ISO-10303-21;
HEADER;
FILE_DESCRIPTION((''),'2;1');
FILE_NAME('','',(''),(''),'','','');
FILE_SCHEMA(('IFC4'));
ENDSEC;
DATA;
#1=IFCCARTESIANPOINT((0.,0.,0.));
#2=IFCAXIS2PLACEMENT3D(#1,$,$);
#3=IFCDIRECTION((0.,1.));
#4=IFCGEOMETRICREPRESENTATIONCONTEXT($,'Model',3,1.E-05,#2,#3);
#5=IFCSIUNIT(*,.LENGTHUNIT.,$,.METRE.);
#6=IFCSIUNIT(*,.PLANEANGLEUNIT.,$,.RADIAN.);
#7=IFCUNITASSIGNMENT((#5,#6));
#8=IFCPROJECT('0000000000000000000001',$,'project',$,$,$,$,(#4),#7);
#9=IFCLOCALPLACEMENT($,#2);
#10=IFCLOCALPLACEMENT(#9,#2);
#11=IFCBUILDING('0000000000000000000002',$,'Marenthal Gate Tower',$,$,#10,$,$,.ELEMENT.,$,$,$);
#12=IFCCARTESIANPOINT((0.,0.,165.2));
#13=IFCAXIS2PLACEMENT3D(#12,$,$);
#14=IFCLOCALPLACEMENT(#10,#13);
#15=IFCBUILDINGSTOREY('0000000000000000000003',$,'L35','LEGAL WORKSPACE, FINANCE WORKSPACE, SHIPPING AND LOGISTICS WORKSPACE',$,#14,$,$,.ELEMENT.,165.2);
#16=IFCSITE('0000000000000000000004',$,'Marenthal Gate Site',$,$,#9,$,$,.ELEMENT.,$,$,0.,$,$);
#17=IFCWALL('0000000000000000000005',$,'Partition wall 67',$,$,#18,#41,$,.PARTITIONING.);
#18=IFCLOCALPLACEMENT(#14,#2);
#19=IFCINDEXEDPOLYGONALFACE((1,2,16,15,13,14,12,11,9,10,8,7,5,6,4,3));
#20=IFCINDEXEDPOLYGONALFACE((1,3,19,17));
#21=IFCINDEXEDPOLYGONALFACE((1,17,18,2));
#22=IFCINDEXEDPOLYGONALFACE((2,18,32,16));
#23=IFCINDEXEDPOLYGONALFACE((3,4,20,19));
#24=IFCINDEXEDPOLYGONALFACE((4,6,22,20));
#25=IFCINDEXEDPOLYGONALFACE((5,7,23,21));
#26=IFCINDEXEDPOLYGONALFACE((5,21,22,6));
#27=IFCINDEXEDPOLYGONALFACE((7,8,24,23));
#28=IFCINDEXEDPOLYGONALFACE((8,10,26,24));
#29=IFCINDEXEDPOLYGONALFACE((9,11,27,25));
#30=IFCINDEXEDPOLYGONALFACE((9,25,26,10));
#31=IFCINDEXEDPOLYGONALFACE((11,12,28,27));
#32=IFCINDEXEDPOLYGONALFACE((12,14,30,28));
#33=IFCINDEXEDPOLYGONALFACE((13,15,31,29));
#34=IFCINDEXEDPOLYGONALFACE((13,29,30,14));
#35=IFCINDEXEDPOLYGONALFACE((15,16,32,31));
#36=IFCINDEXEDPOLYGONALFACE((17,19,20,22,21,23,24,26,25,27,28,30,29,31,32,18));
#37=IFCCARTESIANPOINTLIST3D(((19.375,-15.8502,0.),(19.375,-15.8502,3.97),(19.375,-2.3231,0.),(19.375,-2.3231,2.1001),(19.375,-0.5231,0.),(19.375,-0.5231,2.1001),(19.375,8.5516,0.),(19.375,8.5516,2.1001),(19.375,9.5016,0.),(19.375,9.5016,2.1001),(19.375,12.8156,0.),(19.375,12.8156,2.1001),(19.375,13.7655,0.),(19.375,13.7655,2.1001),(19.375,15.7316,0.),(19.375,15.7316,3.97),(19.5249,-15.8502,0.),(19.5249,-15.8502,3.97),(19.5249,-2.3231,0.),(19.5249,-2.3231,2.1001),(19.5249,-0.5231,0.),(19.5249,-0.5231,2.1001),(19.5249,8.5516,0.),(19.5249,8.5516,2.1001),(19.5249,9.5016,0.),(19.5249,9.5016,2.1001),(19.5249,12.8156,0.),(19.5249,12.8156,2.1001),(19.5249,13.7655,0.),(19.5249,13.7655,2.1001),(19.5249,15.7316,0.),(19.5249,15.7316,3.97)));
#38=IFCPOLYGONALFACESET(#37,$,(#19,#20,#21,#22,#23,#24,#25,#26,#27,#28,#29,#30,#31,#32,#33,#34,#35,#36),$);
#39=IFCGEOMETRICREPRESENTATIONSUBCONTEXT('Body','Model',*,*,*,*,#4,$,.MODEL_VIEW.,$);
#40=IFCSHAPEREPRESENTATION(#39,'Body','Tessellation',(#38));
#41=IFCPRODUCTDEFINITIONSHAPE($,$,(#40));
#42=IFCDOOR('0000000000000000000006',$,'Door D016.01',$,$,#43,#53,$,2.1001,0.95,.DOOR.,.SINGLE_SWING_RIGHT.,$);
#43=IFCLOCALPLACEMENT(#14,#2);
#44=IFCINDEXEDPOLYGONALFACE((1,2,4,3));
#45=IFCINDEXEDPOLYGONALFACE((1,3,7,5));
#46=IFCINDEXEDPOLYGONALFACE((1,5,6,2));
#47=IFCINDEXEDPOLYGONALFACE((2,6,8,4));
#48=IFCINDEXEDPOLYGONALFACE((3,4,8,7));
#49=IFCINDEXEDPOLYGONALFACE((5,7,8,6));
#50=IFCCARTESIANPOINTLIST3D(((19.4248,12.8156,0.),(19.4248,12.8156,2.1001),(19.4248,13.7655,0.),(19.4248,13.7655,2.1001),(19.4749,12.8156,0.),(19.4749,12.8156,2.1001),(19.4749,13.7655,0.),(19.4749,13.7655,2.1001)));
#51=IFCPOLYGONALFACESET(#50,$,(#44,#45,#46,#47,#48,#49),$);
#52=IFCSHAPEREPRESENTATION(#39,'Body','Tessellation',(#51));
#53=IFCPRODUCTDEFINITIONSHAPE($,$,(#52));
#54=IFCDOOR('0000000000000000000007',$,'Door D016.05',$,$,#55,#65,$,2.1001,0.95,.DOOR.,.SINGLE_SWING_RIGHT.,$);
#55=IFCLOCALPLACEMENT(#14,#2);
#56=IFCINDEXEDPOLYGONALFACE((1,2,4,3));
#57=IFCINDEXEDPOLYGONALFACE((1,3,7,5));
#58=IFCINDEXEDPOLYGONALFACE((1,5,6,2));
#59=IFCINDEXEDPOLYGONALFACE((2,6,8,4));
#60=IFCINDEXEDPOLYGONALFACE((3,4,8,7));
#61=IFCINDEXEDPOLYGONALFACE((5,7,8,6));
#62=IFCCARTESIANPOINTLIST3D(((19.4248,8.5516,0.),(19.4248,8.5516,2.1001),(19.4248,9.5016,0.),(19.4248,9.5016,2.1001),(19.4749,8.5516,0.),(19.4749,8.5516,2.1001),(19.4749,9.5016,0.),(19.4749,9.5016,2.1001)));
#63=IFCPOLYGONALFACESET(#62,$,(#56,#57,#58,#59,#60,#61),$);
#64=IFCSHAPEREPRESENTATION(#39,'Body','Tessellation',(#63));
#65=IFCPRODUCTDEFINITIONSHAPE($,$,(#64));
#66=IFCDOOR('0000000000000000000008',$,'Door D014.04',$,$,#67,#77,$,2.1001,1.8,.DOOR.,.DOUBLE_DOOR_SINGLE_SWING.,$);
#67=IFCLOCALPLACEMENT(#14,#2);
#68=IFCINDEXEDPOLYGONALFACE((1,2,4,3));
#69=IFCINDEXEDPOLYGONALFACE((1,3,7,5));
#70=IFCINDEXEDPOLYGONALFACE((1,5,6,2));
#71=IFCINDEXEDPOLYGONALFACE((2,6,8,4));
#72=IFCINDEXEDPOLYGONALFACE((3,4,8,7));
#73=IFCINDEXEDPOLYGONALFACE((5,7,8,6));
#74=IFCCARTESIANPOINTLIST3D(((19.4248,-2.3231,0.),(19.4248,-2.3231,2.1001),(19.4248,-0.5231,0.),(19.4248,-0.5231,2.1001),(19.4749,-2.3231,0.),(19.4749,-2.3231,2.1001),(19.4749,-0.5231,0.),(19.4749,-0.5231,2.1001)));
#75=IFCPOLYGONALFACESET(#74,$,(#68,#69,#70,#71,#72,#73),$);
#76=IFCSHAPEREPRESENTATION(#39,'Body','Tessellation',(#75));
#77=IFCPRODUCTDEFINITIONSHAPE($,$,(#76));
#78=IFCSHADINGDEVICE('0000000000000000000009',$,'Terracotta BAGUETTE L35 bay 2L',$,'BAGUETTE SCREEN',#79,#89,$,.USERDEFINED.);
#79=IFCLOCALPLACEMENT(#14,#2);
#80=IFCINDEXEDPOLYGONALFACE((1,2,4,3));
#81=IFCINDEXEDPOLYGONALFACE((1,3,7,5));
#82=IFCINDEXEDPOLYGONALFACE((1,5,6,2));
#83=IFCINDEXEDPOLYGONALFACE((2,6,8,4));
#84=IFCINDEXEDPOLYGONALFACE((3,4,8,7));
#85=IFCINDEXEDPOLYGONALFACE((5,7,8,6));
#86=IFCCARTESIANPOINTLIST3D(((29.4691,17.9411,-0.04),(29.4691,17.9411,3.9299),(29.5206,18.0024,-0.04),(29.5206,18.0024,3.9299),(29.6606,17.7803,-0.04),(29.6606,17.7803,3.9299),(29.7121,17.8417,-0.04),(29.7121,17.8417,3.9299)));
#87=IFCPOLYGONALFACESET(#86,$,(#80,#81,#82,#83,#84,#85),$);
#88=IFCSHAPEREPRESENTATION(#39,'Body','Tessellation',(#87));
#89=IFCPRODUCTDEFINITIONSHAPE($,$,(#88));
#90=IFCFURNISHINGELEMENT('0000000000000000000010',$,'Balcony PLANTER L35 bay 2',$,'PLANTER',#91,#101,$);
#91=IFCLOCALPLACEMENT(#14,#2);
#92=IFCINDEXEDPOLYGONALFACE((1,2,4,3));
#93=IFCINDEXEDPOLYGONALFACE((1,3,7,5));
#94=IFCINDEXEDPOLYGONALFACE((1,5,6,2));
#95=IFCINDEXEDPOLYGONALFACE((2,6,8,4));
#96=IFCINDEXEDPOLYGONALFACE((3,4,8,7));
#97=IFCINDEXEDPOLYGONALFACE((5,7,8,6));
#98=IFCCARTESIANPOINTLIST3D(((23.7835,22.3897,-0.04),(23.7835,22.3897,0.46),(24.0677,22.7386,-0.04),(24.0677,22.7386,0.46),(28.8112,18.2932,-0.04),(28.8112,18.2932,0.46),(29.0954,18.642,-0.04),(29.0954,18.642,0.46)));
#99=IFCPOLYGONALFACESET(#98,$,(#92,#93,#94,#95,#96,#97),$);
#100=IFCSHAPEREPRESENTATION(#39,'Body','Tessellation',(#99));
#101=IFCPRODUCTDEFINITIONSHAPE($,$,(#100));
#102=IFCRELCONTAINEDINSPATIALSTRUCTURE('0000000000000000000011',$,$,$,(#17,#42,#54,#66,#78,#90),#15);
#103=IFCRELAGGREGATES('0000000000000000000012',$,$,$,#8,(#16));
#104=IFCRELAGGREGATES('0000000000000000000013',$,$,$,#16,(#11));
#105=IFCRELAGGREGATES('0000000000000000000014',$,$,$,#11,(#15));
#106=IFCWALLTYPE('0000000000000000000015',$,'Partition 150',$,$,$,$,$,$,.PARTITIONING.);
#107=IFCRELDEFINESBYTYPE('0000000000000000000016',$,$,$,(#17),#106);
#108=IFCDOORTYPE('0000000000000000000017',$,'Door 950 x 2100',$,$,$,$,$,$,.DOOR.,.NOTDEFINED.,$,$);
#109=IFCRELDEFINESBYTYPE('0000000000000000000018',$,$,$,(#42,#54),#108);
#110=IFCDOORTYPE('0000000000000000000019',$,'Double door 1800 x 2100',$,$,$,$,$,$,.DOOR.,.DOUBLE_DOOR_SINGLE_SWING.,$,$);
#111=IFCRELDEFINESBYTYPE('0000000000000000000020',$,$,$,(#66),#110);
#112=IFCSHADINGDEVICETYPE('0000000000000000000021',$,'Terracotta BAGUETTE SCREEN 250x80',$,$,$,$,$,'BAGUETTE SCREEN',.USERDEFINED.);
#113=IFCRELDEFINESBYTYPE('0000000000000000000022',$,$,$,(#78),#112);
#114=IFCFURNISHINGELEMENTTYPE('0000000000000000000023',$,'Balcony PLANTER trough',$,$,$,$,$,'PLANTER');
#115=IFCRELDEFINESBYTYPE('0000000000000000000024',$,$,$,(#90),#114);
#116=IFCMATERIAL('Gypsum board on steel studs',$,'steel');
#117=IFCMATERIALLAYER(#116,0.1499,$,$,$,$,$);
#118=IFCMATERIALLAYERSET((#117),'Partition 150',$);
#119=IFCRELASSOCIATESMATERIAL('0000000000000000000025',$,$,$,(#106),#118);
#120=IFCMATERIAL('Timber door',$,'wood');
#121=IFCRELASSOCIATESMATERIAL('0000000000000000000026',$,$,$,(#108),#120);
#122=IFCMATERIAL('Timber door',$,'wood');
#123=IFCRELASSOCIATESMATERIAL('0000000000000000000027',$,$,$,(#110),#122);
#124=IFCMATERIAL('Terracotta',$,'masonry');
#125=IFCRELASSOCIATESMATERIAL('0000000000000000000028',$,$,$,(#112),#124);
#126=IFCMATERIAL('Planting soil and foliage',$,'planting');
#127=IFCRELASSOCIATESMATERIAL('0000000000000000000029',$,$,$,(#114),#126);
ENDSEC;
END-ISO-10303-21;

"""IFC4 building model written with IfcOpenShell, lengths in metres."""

from ifc_helpers import new_model, si_unit, direction, frame, frame_2d, origin, origin_2d, place, context, subcontext, project, spatial, rectangle, extrude, material, layer, layer_set, material_profile, profile_set, type_object, element, fill, save


model = new_model("IFC4")

# Units and contexts
model_context = context("Model", 3, precision=1e-05, world=origin(), true_north=direction((0.0, 1.0)))
body_context = subcontext(model_context, "Body", "Model", "MODEL_VIEW")
ifc_project = project(units=[si_unit("LENGTHUNIT", "METRE"), si_unit("PLANEANGLEUNIT", "RADIAN")], contexts=[model_context])

# Site, building, storey
site_placement = place(None, origin())
site = spatial("IfcSite", under=ifc_project, at=site_placement, Name="Marenthal Gate Site", CompositionType="ELEMENT", RefElevation=0.0)
building_placement = place(site_placement, origin())
building = spatial("IfcBuilding", under=site, at=building_placement, Name="Marenthal Gate Tower", CompositionType="ELEMENT")
storey_placement = place(building_placement, frame((0.0, 0.0, 165.2)))
storey = spatial("IfcBuildingStorey", under=building, at=storey_placement, Name="L35", Description="LEGAL WORKSPACE, FINANCE WORKSPACE, SHIPPING AND LOGISTICS WORKSPACE", CompositionType="ELEMENT", Elevation=165.2)

# Wall, openings, doors
ifc_material_1 = material(Name="Gypsum board on steel studs", Category="steel")
ifc_layer_1 = layer(ifc_material_1, 0.1499)
ifc_layer_set_1 = layer_set([ifc_layer_1], Name="Partition 150")
wall_type_1 = type_object("IfcWallType", Name="Partition 150", PredefinedType="PARTITIONING", material=ifc_layer_set_1)
wall_1_placement = place(storey_placement, frame((19.45, 15.7317, 0.0), z_axis=(0.0, 0.0, 1.0), x_axis=(0.0, -1.0, 0.0)))
wall_1 = element("IfcWall", 1, at=wall_1_placement, inside=storey, type_object=wall_type_1, Name="Partition wall 67", PredefinedType="PARTITIONING", context=body_context, shape_type="SweptSolid", body=[
    extrude(rectangle(XDim=31.5818, YDim=0.1499, at=frame_2d((15.791, 0.0))), origin(), (0.0, 0.0, 1.0), 3.97),
])
opening_1_placement = place(wall_1_placement, frame((1.9661, 0.0, 0.0)))
opening_1 = element("IfcOpeningElement", 2, at=opening_1_placement, cuts=wall_1, PredefinedType="OPENING", context=body_context, shape_type="SweptSolid", body=[
    extrude(rectangle(XDim=0.95, YDim=2.1001, at=frame_2d((0.4751, 1.05))), frame((0.0, 0.085, 0.0), z_axis=(0.0, -1.0, 0.0), x_axis=(1.0, 0.0, 0.0)), (0.0, 0.0, 1.0), 0.1699),
])
opening_2_placement = place(wall_1_placement, frame((6.23, 0.0, 0.0)))
opening_2 = element("IfcOpeningElement", 3, at=opening_2_placement, cuts=wall_1, PredefinedType="OPENING", context=body_context, shape_type="SweptSolid", body=[
    extrude(rectangle(XDim=0.95, YDim=2.1001, at=frame_2d((0.4751, 1.05))), frame((0.0, 0.085, 0.0), z_axis=(0.0, -1.0, 0.0), x_axis=(1.0, 0.0, 0.0)), (0.0, 0.0, 1.0), 0.1699),
])
opening_3_placement = place(wall_1_placement, frame((16.2549, 0.0, 0.0)))
opening_3 = element("IfcOpeningElement", 4, at=opening_3_placement, cuts=wall_1, PredefinedType="OPENING", context=body_context, shape_type="SweptSolid", body=[
    extrude(rectangle(XDim=1.8, YDim=2.1001, at=frame_2d((0.8999, 1.05))), frame((0.0, 0.085, 0.0), z_axis=(0.0, -1.0, 0.0), x_axis=(1.0, 0.0, 0.0)), (0.0, 0.0, 1.0), 0.1699),
])
ifc_material_2 = material(Name="Timber door", Category="wood")
door_type_1 = type_object("IfcDoorType", Name="Door 950 x 2100", OperationType="NOTDEFINED", PredefinedType="DOOR", material=ifc_material_2)
door_1_placement = place(opening_1_placement, origin())
door_1 = element("IfcDoor", 5, at=door_1_placement, inside=storey, type_object=door_type_1, Name="Door D016.01", OperationType="SINGLE_SWING_RIGHT", OverallHeight=2.1001, OverallWidth=0.95, PredefinedType="DOOR", context=body_context, shape_type="SweptSolid", body=[
    extrude(rectangle(XDim=0.95, YDim=2.1001, at=frame_2d((0.4751, 1.05))), frame((0.0, 0.0249, 0.0), z_axis=(0.0, -1.0, 0.0), x_axis=(1.0, 0.0, 0.0)), (0.0, 0.0, 1.0), 0.05),
])
fill(opening_1, door_1)
door_2_placement = place(opening_2_placement, origin())
door_2 = element("IfcDoor", 6, at=door_2_placement, inside=storey, type_object=door_type_1, Name="Door D016.05", OperationType="SINGLE_SWING_RIGHT", OverallHeight=2.1001, OverallWidth=0.95, PredefinedType="DOOR", context=body_context, shape_type="SweptSolid", body=[
    extrude(rectangle(XDim=0.95, YDim=2.1001, at=frame_2d((0.4751, 1.05))), frame((0.0, 0.0249, 0.0), z_axis=(0.0, -1.0, 0.0), x_axis=(1.0, 0.0, 0.0)), (0.0, 0.0, 1.0), 0.05),
])
fill(opening_2, door_2)
ifc_material_3 = material(Name="Timber door", Category="wood")
door_type_2 = type_object("IfcDoorType", Name="Double door 1800 x 2100", OperationType="DOUBLE_DOOR_SINGLE_SWING", PredefinedType="DOOR", material=ifc_material_3)
door_3_placement = place(opening_3_placement, origin())
door_3 = element("IfcDoor", 7, at=door_3_placement, inside=storey, type_object=door_type_2, Name="Door D014.04", OperationType="DOUBLE_DOOR_SINGLE_SWING", OverallHeight=2.1001, OverallWidth=1.8, PredefinedType="DOOR", context=body_context, shape_type="SweptSolid", body=[
    extrude(rectangle(XDim=1.8, YDim=2.1001, at=frame_2d((0.8999, 1.05))), frame((0.0, 0.0249, 0.0), z_axis=(0.0, -1.0, 0.0), x_axis=(1.0, 0.0, 0.0)), (0.0, 0.0, 1.0), 0.05),
])
fill(opening_3, door_3)

# Shading device
ifc_material_4 = material(Name="Terracotta", Category="masonry")
ifc_material_profile_1 = material_profile(ifc_material_4, rectangle(XDim=0.25, YDim=0.0801, at=origin_2d()), Name="Terracotta baguette 250x80")
ifc_profile_set_1 = profile_set([ifc_material_profile_1], Name="Terracotta")
shading_device_type = type_object("IfcShadingDeviceType", Name="Terracotta BAGUETTE SCREEN 250x80", ElementType="BAGUETTE SCREEN", PredefinedType="USERDEFINED", material=ifc_profile_set_1)
shading_device_placement = place(storey_placement, frame((29.5906, 17.8914, -0.04), z_axis=(0.0, 0.0, 1.0), x_axis=(-0.765921, 0.642935, 0.0)))
element("IfcShadingDevice", 8, at=shading_device_placement, inside=storey, type_object=shading_device_type, Name="Terracotta BAGUETTE L35 bay 2L", ObjectType="BAGUETTE SCREEN", PredefinedType="USERDEFINED", context=body_context, shape_type="SweptSolid", body=[
    extrude(rectangle(XDim=0.25, YDim=0.0801, at=origin_2d()), origin(), (0.0, 0.0, 1.0), 3.97),
])

# Furnishing element
ifc_material_5 = material(Name="Planting soil and foliage", Category="planting")
furnishing_element_type = type_object("IfcFurnishingElementType", Name="Balcony PLANTER trough", ElementType="PLANTER", material=ifc_material_5)
furnishing_placement = place(storey_placement, frame((26.4395, 20.5159, -0.04), z_axis=(0.0, 0.0, 1.0), x_axis=(-0.77524, 0.631667, 0.0)))
element("IfcFurnishingElement", 9, at=furnishing_placement, inside=storey, type_object=furnishing_element_type, Name="Balcony PLANTER L35 bay 2", ObjectType="PLANTER", context=body_context, shape_type="SweptSolid", body=[
    extrude(rectangle(XDim=6.4854, YDim=0.45, at=origin_2d()), origin(), (0.0, 0.0, 1.0), 0.5),
])

save(model, "model.ifc")
